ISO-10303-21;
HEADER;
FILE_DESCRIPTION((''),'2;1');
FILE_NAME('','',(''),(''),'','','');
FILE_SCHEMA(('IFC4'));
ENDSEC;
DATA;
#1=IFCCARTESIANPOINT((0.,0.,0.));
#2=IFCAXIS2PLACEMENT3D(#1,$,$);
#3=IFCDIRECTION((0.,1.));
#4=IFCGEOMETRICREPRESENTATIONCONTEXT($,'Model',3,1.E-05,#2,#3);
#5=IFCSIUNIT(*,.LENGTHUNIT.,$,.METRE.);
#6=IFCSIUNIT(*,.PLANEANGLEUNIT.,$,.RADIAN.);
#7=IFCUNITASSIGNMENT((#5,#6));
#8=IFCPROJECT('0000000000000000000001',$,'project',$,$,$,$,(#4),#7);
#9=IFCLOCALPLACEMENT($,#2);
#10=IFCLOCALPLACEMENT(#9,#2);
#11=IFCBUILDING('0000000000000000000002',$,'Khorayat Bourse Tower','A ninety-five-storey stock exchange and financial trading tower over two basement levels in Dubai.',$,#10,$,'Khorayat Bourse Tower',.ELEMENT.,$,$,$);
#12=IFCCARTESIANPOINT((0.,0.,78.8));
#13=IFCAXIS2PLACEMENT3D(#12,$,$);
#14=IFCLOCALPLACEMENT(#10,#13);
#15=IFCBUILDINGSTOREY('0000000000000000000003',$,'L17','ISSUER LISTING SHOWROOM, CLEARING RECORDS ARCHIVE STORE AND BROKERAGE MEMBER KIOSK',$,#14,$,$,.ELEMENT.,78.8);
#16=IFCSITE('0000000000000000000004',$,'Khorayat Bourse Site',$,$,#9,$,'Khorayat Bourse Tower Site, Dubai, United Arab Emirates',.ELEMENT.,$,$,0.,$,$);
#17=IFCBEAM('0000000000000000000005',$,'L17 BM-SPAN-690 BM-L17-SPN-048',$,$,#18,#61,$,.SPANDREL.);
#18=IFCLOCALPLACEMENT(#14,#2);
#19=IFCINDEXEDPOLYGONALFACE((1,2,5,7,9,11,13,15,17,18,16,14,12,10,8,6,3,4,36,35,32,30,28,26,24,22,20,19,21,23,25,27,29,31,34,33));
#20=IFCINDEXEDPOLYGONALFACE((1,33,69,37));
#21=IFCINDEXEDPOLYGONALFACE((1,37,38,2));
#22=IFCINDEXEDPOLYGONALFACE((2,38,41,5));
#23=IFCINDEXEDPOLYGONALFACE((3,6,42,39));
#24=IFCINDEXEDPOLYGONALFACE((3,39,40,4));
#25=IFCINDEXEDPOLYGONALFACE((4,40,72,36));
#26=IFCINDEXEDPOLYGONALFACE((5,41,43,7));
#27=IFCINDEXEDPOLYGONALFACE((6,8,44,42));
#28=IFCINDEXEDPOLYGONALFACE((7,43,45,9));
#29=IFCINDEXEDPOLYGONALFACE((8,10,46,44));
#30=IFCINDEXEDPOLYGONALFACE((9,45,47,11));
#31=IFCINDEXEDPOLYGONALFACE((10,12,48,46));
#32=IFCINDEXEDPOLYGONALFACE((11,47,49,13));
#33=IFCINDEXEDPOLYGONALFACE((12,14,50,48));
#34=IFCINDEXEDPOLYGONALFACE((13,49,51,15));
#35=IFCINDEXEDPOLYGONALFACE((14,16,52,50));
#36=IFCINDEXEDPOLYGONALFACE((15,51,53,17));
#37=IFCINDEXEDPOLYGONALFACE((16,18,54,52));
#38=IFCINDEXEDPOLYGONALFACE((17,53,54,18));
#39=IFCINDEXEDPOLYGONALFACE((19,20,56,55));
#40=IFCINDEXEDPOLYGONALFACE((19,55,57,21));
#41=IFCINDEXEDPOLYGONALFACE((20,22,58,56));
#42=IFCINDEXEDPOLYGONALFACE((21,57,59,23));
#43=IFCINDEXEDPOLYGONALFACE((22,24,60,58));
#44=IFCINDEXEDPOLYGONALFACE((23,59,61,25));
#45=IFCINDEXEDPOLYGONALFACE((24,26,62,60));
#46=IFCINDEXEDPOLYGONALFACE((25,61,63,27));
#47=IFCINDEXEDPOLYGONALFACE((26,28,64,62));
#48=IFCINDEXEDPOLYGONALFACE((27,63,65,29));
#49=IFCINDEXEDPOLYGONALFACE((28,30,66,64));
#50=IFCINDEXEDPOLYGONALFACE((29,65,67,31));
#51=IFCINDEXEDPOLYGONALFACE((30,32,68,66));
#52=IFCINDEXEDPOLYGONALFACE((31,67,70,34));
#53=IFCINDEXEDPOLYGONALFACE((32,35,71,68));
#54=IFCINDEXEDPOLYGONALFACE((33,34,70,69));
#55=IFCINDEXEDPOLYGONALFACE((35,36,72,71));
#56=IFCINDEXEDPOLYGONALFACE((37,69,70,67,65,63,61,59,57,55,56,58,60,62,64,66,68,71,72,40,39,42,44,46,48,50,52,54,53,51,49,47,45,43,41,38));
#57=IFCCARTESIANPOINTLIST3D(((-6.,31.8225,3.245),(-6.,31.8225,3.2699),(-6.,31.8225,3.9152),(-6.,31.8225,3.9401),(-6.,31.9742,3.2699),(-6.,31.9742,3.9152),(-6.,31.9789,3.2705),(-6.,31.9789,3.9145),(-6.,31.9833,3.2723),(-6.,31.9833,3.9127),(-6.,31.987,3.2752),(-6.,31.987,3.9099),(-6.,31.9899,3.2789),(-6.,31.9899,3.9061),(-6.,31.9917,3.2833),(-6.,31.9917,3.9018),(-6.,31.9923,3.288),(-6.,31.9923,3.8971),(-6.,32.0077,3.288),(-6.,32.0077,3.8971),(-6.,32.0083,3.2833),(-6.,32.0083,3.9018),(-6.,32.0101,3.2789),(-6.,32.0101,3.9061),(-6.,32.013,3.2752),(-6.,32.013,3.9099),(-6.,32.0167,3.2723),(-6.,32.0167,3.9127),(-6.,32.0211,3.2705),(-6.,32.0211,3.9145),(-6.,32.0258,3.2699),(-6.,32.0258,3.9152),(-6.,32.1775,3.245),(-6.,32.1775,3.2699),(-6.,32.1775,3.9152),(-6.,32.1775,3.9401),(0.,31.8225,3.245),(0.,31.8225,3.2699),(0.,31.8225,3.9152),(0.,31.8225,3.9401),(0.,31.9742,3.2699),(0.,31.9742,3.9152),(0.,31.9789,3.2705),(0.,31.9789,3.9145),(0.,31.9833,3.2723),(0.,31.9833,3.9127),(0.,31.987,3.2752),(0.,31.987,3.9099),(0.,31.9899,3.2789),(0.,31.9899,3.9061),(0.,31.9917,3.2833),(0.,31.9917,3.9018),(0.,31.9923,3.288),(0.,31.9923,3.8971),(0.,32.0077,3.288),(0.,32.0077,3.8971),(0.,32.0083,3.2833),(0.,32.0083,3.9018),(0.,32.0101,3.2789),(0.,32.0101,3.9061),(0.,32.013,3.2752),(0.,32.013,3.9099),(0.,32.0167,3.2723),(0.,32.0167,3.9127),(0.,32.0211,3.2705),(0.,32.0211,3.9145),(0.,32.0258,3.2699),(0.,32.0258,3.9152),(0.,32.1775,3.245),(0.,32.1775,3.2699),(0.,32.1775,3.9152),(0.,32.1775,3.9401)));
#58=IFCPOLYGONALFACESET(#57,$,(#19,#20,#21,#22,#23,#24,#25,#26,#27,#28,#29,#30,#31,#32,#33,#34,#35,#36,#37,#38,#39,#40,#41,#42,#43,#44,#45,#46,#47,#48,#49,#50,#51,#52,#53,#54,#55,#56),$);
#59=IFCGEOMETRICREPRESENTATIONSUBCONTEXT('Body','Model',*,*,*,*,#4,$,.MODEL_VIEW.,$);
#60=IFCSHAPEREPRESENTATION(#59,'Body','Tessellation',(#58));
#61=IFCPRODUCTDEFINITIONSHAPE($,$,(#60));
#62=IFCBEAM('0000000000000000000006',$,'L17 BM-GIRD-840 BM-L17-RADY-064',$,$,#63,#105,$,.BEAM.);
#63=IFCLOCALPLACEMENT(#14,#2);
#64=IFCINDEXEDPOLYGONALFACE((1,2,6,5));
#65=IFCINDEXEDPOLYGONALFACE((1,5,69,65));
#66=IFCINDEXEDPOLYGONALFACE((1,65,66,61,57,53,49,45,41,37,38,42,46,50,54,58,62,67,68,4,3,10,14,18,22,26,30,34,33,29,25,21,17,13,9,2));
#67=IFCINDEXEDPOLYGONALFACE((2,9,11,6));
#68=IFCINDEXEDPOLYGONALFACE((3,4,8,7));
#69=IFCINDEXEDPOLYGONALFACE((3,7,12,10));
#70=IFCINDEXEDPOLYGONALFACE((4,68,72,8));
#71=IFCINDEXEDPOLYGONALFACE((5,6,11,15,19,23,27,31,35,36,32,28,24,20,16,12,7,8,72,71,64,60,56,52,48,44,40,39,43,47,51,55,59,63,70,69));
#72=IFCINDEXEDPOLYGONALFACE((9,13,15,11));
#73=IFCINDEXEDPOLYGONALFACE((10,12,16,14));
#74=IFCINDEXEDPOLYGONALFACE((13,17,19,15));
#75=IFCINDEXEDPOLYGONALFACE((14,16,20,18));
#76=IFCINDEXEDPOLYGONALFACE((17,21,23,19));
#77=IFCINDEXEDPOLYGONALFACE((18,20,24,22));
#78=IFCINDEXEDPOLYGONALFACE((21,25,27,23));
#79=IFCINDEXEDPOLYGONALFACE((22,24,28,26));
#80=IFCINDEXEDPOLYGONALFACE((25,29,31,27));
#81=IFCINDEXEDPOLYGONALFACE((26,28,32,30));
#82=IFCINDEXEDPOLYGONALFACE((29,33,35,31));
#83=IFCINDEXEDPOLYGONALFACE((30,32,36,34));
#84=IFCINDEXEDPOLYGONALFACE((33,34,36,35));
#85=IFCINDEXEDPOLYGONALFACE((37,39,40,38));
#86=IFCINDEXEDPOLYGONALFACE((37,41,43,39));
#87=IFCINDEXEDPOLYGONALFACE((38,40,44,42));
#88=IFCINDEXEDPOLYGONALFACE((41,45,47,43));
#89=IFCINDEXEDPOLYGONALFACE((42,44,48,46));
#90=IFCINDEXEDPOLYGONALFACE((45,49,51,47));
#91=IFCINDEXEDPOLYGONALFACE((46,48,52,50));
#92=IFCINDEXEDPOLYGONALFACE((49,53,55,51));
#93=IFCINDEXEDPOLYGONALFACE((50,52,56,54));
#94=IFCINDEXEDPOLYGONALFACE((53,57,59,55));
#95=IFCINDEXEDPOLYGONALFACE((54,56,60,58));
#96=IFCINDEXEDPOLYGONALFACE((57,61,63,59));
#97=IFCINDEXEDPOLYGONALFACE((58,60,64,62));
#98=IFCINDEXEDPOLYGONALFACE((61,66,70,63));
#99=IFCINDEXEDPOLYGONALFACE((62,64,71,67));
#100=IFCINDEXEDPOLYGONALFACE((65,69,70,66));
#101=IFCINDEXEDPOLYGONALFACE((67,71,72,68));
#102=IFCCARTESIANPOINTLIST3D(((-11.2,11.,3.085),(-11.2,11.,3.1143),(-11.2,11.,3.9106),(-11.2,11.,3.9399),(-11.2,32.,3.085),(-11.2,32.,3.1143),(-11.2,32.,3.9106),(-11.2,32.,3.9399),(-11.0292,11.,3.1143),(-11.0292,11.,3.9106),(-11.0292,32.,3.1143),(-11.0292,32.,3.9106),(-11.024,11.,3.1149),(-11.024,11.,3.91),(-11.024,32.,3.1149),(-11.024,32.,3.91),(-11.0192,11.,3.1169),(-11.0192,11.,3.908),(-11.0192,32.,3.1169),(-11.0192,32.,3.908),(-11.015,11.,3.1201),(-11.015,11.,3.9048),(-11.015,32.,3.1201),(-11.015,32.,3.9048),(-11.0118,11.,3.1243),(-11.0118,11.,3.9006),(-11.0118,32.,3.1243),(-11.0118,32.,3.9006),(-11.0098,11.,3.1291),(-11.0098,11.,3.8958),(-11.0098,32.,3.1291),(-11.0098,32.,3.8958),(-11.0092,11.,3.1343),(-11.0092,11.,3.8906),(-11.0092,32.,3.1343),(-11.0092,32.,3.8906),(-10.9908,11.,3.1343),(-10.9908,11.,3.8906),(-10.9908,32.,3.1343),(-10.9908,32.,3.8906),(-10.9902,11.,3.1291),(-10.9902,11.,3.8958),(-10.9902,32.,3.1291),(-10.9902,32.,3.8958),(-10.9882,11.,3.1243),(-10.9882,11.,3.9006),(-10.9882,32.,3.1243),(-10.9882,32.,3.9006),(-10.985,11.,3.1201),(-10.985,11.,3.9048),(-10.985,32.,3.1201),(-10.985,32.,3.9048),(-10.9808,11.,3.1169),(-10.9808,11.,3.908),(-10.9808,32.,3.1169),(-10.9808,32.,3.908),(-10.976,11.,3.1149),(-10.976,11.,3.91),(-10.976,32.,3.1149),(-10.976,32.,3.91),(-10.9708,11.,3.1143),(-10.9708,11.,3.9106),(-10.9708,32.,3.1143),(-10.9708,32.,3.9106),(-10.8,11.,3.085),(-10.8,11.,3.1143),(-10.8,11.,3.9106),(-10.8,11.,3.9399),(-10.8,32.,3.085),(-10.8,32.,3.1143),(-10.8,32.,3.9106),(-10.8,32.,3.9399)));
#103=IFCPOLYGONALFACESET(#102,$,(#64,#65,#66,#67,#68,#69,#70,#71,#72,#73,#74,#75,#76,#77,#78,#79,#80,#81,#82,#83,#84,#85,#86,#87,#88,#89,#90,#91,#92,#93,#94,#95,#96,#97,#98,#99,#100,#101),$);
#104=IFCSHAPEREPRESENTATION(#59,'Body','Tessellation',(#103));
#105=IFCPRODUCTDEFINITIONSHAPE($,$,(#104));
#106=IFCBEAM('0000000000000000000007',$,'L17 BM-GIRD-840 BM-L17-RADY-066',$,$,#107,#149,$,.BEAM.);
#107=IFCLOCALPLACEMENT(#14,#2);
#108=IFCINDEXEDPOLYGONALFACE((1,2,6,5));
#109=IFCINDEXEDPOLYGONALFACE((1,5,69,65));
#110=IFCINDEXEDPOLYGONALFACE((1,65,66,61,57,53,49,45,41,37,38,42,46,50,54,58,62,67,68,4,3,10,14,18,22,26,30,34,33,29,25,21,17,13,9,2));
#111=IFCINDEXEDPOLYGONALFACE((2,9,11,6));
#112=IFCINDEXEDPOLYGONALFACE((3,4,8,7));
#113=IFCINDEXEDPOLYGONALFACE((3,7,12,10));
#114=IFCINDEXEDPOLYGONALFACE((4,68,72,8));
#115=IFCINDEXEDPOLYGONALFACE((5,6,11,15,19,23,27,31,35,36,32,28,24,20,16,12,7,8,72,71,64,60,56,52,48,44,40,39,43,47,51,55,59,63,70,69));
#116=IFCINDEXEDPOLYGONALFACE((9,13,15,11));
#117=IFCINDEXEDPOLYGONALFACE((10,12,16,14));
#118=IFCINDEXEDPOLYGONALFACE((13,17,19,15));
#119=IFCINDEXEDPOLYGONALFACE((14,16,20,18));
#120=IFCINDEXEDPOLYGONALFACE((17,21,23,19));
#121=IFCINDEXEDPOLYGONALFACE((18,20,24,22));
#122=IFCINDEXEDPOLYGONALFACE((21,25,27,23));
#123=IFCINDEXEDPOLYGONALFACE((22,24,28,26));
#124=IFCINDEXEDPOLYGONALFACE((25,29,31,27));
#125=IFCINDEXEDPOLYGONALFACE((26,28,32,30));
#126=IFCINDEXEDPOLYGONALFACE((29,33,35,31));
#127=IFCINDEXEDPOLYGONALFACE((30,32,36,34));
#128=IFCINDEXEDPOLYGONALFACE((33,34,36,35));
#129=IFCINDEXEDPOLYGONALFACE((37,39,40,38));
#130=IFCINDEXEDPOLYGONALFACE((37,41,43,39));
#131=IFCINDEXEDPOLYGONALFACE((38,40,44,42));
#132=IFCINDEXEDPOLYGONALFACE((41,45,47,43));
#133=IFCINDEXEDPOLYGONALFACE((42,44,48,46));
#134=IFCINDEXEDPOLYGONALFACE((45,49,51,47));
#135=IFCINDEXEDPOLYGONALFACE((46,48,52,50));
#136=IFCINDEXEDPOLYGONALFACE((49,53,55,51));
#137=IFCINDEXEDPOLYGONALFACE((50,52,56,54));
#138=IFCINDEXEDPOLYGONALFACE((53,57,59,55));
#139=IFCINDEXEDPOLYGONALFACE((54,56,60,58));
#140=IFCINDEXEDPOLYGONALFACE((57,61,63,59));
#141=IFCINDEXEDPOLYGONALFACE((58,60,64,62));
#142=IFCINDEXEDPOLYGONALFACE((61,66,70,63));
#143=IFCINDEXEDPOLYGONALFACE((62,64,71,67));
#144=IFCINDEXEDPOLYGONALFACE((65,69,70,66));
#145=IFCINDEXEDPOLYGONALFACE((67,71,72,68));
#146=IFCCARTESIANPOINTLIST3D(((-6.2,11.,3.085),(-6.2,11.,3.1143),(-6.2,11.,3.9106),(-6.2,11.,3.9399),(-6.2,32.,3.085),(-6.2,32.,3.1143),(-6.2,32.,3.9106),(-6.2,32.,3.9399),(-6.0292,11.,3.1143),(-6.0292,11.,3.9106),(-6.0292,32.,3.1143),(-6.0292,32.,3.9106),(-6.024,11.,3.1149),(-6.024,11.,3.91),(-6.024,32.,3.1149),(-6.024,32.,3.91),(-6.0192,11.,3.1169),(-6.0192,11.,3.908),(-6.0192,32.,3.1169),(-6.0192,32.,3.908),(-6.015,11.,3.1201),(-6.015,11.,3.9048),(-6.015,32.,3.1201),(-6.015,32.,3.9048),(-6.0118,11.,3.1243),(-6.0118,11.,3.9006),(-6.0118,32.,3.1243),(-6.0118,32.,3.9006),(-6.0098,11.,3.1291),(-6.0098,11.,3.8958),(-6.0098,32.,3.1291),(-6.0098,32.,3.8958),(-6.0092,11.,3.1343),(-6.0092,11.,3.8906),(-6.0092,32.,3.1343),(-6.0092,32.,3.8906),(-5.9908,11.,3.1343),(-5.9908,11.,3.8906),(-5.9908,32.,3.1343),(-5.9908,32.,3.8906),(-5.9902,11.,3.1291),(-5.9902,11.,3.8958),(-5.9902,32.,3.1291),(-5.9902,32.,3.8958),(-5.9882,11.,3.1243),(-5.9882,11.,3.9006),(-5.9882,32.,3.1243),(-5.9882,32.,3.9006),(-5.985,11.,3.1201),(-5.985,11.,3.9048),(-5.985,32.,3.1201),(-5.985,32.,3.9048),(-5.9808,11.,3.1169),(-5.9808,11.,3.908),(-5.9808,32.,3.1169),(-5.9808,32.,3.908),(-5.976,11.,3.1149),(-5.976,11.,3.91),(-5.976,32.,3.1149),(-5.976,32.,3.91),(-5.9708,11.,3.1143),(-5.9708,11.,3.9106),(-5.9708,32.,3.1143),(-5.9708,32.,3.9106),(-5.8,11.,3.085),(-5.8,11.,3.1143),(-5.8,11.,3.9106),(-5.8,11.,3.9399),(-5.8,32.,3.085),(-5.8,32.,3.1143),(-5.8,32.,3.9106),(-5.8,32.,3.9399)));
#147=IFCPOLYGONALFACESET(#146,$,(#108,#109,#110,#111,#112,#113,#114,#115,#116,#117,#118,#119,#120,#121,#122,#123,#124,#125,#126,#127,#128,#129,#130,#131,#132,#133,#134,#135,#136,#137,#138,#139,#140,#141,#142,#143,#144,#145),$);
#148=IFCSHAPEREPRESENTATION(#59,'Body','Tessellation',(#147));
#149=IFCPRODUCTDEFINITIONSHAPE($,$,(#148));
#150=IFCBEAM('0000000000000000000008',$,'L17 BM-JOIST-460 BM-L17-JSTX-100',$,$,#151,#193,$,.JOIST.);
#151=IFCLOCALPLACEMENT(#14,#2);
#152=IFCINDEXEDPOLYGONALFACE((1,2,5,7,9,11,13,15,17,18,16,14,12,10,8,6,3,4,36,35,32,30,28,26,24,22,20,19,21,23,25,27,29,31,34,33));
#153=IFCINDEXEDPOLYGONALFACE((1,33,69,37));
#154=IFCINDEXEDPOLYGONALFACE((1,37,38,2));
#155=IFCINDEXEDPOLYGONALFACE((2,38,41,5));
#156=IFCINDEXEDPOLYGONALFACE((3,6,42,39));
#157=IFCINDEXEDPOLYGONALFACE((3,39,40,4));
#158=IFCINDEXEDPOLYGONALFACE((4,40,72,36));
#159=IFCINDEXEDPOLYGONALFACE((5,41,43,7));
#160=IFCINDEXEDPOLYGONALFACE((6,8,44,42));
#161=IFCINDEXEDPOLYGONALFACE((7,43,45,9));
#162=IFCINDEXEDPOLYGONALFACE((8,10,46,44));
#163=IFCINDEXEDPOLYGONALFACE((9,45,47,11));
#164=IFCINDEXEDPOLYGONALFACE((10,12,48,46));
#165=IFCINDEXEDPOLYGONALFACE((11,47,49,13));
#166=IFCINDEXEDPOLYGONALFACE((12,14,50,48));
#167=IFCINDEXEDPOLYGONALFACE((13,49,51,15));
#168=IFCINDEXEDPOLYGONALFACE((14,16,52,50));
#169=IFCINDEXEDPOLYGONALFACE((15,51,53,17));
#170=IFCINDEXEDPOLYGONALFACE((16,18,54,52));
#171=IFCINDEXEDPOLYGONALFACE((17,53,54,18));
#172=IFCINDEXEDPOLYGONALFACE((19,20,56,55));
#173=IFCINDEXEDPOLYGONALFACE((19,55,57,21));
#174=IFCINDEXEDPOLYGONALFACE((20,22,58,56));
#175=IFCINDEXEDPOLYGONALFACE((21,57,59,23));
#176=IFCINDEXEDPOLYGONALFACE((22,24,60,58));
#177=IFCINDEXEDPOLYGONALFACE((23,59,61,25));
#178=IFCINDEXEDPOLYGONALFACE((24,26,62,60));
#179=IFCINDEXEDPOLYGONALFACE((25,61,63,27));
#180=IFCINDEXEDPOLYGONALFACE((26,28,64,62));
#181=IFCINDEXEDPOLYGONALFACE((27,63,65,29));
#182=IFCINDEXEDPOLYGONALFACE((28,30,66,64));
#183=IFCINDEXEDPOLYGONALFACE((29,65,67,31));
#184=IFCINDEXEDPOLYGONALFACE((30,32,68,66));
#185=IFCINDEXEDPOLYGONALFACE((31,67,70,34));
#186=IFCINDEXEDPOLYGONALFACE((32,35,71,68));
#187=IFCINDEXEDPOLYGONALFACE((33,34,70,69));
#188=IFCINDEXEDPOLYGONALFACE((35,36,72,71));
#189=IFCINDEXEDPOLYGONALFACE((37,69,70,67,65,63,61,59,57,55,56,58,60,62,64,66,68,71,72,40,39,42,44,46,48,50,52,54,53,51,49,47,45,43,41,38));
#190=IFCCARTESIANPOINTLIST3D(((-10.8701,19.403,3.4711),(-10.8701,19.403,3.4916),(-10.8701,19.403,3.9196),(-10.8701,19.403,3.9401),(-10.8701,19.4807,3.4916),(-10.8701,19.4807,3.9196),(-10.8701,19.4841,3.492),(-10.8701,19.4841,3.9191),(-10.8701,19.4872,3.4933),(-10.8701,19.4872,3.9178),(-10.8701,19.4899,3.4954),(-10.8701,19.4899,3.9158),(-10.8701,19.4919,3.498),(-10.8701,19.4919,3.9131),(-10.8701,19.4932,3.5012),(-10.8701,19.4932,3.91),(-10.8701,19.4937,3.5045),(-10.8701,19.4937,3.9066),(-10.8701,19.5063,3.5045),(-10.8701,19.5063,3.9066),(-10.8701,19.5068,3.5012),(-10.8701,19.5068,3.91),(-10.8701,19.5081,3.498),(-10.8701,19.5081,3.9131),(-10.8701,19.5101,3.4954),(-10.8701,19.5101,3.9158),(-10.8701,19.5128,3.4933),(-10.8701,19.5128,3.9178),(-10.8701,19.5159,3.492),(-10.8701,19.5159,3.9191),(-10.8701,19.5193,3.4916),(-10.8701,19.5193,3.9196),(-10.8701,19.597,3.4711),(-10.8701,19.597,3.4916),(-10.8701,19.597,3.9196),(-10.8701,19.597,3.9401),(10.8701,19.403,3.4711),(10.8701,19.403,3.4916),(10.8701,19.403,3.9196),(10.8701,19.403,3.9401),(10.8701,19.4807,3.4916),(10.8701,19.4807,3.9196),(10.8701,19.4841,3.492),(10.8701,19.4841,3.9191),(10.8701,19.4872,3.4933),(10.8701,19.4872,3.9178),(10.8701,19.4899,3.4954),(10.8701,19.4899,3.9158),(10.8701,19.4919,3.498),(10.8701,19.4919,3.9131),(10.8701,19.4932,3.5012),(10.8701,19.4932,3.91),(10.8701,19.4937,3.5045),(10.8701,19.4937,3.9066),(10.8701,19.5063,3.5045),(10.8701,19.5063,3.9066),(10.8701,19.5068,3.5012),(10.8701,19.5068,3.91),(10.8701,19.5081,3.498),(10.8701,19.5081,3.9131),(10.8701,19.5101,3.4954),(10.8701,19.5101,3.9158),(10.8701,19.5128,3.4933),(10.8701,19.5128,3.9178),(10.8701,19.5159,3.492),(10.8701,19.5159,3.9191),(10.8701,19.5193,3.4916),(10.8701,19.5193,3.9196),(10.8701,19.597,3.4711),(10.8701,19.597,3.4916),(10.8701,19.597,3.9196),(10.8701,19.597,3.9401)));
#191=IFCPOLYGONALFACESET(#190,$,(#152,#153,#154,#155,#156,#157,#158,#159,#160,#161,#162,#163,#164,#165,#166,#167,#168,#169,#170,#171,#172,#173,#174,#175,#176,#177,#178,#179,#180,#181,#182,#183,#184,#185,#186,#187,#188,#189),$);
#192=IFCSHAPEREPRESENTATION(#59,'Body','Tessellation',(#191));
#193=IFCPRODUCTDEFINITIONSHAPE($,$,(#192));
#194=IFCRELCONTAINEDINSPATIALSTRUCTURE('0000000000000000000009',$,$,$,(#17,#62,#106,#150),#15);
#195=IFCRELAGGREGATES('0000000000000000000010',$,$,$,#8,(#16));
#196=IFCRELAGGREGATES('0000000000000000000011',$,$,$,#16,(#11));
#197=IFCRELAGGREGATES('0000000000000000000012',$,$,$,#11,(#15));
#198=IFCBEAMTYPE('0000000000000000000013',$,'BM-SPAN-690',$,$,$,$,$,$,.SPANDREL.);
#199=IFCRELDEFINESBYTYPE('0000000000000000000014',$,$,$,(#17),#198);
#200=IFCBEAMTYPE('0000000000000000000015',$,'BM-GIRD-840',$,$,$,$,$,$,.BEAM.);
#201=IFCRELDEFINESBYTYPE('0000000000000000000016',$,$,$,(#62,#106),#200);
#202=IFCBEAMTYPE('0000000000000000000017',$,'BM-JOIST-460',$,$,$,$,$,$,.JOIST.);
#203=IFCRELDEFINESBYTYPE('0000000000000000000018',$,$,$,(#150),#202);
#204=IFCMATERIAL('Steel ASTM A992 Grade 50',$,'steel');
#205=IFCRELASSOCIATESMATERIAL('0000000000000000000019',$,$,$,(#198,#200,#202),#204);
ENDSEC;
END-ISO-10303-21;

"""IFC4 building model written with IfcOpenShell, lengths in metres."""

from ifc_helpers import new_model, si_unit, direction, frame, origin, origin_2d, place, context, subcontext, project, spatial, i_section, extrude, source, transform, mapped, material, material_profile, profile_set, type_object, element, save


model = new_model("IFC4")

# Units and contexts
model_context = context("Model", 3, precision=1e-05, world=origin(), true_north=direction((0.0, 1.0)))
body_context = subcontext(model_context, "Body", "Model", "MODEL_VIEW")
ifc_project = project(units=[si_unit("LENGTHUNIT", "METRE"), si_unit("PLANEANGLEUNIT", "RADIAN")], contexts=[model_context])

# Site, building, storey
site_placement = place(None, origin())
site = spatial("IfcSite", under=ifc_project, at=site_placement, Name="Khorayat Bourse Site", LongName="Khorayat Bourse Tower Site, Dubai, United Arab Emirates", CompositionType="ELEMENT", RefElevation=0.0)
building_placement = place(site_placement, origin())
building = spatial("IfcBuilding", under=site, at=building_placement, Name="Khorayat Bourse Tower", Description="A ninety-five-storey stock exchange and financial trading tower over two basement levels in Dubai.", LongName="Khorayat Bourse Tower", CompositionType="ELEMENT")
storey_placement = place(building_placement, frame((0.0, 0.0, 78.8)))
storey = spatial("IfcBuildingStorey", under=building, at=storey_placement, Name="L17", Description="ISSUER LISTING SHOWROOM, CLEARING RECORDS ARCHIVE STORE AND BROKERAGE MEMBER KIOSK", CompositionType="ELEMENT", Elevation=78.8)

# Beams
ifc_material_1 = material(Name="Steel ASTM A992 Grade 50", Category="steel")
ifc_material_profile_1 = material_profile(ifc_material_1, i_section(OverallWidth=0.355, OverallDepth=0.6951, WebThickness=0.0154, FlangeThickness=0.0249, FilletRadius=0.0181, at=origin_2d()), Name="W690X217")
ifc_profile_set_1 = profile_set([ifc_material_profile_1], Name="Steel ASTM A992 Grade 50")
beam_type_1 = type_object("IfcBeamType", Name="BM-SPAN-690", PredefinedType="SPANDREL", material=ifc_profile_set_1)
shared_shape_1 = source(origin(), body_context, "Body", "SweptSolid", [
    extrude(i_section(OverallWidth=0.355, OverallDepth=0.6951, WebThickness=0.0154, FlangeThickness=0.0249, FilletRadius=0.0181, at=origin_2d()), origin(), (0.0, 0.0, 1.0), 6.0),
])
beam_1_placement = place(storey_placement, frame((-6.0, 32.0, 3.5925), z_axis=(1.0, 0.0, 0.0), x_axis=(0.0, 1.0, 0.0)))
element("IfcBeam", 1, at=beam_1_placement, inside=storey, type_object=beam_type_1, Name="L17 BM-SPAN-690 BM-L17-SPN-048", PredefinedType="SPANDREL", context=body_context, shape_type="MappedRepresentation", body=[
    mapped(shared_shape_1, transform((0.0, 0.0, 0.0), scale=1.0)),
])
ifc_material_profile_2 = material_profile(ifc_material_1, i_section(OverallWidth=0.3999, OverallDepth=0.855, WebThickness=0.0183, FlangeThickness=0.0293, FilletRadius=0.02, at=origin_2d()), Name="W840X299")
ifc_profile_set_2 = profile_set([ifc_material_profile_2], Name="Steel ASTM A992 Grade 50")
beam_type_2 = type_object("IfcBeamType", Name="BM-GIRD-840", PredefinedType="BEAM", material=ifc_profile_set_2)
shared_shape_2 = source(origin(), body_context, "Body", "SweptSolid", [
    extrude(i_section(OverallWidth=0.3999, OverallDepth=0.855, WebThickness=0.0183, FlangeThickness=0.0293, FilletRadius=0.02, at=origin_2d()), origin(), (0.0, 0.0, 1.0), 21.0),
])
for number, where, z_axis, x_axis, name in (
    (2, (-11.0, 11.0, 3.5125), (0.0, 1.0, 0.0), (-1.0, 0.0, 0.0), "L17 BM-GIRD-840 BM-L17-RADY-064"),
    (3, (-6.0, 11.0, 3.5125), (0.0, 1.0, 0.0), (-1.0, 0.0, 0.0), "L17 BM-GIRD-840 BM-L17-RADY-066"),
):
    element("IfcBeam", number, at=place(storey_placement, frame(where, z_axis=z_axis, x_axis=x_axis)), inside=storey, type_object=beam_type_2, Name=name, PredefinedType="BEAM", context=body_context, shape_type="MappedRepresentation", body=[
        mapped(shared_shape_2, transform((0.0, 0.0, 0.0), scale=1.0)),
    ])
ifc_material_profile_3 = material_profile(ifc_material_1, i_section(OverallWidth=0.1941, OverallDepth=0.469, WebThickness=0.0127, FlangeThickness=0.0205, FilletRadius=0.0129, at=origin_2d()), Name="W460X106")
ifc_profile_set_3 = profile_set([ifc_material_profile_3], Name="Steel ASTM A992 Grade 50")
beam_type_3 = type_object("IfcBeamType", Name="BM-JOIST-460", PredefinedType="JOIST", material=ifc_profile_set_3)
shared_shape_3 = source(origin(), body_context, "Body", "SweptSolid", [
    extrude(i_section(OverallWidth=0.1941, OverallDepth=0.469, WebThickness=0.0127, FlangeThickness=0.0205, FilletRadius=0.0129, at=origin_2d()), origin(), (0.0, 0.0, 1.0), 21.7402),
])
beam_2_placement = place(storey_placement, frame((-10.8701, 19.5, 3.7056), z_axis=(1.0, 0.0, 0.0), x_axis=(0.0, 1.0, 0.0)))
element("IfcBeam", 4, at=beam_2_placement, inside=storey, type_object=beam_type_3, Name="L17 BM-JOIST-460 BM-L17-JSTX-100", PredefinedType="JOIST", context=body_context, shape_type="MappedRepresentation", body=[
    mapped(shared_shape_3, transform((0.0, 0.0, 0.0), scale=1.0)),
])

save(model, "model.ifc")
